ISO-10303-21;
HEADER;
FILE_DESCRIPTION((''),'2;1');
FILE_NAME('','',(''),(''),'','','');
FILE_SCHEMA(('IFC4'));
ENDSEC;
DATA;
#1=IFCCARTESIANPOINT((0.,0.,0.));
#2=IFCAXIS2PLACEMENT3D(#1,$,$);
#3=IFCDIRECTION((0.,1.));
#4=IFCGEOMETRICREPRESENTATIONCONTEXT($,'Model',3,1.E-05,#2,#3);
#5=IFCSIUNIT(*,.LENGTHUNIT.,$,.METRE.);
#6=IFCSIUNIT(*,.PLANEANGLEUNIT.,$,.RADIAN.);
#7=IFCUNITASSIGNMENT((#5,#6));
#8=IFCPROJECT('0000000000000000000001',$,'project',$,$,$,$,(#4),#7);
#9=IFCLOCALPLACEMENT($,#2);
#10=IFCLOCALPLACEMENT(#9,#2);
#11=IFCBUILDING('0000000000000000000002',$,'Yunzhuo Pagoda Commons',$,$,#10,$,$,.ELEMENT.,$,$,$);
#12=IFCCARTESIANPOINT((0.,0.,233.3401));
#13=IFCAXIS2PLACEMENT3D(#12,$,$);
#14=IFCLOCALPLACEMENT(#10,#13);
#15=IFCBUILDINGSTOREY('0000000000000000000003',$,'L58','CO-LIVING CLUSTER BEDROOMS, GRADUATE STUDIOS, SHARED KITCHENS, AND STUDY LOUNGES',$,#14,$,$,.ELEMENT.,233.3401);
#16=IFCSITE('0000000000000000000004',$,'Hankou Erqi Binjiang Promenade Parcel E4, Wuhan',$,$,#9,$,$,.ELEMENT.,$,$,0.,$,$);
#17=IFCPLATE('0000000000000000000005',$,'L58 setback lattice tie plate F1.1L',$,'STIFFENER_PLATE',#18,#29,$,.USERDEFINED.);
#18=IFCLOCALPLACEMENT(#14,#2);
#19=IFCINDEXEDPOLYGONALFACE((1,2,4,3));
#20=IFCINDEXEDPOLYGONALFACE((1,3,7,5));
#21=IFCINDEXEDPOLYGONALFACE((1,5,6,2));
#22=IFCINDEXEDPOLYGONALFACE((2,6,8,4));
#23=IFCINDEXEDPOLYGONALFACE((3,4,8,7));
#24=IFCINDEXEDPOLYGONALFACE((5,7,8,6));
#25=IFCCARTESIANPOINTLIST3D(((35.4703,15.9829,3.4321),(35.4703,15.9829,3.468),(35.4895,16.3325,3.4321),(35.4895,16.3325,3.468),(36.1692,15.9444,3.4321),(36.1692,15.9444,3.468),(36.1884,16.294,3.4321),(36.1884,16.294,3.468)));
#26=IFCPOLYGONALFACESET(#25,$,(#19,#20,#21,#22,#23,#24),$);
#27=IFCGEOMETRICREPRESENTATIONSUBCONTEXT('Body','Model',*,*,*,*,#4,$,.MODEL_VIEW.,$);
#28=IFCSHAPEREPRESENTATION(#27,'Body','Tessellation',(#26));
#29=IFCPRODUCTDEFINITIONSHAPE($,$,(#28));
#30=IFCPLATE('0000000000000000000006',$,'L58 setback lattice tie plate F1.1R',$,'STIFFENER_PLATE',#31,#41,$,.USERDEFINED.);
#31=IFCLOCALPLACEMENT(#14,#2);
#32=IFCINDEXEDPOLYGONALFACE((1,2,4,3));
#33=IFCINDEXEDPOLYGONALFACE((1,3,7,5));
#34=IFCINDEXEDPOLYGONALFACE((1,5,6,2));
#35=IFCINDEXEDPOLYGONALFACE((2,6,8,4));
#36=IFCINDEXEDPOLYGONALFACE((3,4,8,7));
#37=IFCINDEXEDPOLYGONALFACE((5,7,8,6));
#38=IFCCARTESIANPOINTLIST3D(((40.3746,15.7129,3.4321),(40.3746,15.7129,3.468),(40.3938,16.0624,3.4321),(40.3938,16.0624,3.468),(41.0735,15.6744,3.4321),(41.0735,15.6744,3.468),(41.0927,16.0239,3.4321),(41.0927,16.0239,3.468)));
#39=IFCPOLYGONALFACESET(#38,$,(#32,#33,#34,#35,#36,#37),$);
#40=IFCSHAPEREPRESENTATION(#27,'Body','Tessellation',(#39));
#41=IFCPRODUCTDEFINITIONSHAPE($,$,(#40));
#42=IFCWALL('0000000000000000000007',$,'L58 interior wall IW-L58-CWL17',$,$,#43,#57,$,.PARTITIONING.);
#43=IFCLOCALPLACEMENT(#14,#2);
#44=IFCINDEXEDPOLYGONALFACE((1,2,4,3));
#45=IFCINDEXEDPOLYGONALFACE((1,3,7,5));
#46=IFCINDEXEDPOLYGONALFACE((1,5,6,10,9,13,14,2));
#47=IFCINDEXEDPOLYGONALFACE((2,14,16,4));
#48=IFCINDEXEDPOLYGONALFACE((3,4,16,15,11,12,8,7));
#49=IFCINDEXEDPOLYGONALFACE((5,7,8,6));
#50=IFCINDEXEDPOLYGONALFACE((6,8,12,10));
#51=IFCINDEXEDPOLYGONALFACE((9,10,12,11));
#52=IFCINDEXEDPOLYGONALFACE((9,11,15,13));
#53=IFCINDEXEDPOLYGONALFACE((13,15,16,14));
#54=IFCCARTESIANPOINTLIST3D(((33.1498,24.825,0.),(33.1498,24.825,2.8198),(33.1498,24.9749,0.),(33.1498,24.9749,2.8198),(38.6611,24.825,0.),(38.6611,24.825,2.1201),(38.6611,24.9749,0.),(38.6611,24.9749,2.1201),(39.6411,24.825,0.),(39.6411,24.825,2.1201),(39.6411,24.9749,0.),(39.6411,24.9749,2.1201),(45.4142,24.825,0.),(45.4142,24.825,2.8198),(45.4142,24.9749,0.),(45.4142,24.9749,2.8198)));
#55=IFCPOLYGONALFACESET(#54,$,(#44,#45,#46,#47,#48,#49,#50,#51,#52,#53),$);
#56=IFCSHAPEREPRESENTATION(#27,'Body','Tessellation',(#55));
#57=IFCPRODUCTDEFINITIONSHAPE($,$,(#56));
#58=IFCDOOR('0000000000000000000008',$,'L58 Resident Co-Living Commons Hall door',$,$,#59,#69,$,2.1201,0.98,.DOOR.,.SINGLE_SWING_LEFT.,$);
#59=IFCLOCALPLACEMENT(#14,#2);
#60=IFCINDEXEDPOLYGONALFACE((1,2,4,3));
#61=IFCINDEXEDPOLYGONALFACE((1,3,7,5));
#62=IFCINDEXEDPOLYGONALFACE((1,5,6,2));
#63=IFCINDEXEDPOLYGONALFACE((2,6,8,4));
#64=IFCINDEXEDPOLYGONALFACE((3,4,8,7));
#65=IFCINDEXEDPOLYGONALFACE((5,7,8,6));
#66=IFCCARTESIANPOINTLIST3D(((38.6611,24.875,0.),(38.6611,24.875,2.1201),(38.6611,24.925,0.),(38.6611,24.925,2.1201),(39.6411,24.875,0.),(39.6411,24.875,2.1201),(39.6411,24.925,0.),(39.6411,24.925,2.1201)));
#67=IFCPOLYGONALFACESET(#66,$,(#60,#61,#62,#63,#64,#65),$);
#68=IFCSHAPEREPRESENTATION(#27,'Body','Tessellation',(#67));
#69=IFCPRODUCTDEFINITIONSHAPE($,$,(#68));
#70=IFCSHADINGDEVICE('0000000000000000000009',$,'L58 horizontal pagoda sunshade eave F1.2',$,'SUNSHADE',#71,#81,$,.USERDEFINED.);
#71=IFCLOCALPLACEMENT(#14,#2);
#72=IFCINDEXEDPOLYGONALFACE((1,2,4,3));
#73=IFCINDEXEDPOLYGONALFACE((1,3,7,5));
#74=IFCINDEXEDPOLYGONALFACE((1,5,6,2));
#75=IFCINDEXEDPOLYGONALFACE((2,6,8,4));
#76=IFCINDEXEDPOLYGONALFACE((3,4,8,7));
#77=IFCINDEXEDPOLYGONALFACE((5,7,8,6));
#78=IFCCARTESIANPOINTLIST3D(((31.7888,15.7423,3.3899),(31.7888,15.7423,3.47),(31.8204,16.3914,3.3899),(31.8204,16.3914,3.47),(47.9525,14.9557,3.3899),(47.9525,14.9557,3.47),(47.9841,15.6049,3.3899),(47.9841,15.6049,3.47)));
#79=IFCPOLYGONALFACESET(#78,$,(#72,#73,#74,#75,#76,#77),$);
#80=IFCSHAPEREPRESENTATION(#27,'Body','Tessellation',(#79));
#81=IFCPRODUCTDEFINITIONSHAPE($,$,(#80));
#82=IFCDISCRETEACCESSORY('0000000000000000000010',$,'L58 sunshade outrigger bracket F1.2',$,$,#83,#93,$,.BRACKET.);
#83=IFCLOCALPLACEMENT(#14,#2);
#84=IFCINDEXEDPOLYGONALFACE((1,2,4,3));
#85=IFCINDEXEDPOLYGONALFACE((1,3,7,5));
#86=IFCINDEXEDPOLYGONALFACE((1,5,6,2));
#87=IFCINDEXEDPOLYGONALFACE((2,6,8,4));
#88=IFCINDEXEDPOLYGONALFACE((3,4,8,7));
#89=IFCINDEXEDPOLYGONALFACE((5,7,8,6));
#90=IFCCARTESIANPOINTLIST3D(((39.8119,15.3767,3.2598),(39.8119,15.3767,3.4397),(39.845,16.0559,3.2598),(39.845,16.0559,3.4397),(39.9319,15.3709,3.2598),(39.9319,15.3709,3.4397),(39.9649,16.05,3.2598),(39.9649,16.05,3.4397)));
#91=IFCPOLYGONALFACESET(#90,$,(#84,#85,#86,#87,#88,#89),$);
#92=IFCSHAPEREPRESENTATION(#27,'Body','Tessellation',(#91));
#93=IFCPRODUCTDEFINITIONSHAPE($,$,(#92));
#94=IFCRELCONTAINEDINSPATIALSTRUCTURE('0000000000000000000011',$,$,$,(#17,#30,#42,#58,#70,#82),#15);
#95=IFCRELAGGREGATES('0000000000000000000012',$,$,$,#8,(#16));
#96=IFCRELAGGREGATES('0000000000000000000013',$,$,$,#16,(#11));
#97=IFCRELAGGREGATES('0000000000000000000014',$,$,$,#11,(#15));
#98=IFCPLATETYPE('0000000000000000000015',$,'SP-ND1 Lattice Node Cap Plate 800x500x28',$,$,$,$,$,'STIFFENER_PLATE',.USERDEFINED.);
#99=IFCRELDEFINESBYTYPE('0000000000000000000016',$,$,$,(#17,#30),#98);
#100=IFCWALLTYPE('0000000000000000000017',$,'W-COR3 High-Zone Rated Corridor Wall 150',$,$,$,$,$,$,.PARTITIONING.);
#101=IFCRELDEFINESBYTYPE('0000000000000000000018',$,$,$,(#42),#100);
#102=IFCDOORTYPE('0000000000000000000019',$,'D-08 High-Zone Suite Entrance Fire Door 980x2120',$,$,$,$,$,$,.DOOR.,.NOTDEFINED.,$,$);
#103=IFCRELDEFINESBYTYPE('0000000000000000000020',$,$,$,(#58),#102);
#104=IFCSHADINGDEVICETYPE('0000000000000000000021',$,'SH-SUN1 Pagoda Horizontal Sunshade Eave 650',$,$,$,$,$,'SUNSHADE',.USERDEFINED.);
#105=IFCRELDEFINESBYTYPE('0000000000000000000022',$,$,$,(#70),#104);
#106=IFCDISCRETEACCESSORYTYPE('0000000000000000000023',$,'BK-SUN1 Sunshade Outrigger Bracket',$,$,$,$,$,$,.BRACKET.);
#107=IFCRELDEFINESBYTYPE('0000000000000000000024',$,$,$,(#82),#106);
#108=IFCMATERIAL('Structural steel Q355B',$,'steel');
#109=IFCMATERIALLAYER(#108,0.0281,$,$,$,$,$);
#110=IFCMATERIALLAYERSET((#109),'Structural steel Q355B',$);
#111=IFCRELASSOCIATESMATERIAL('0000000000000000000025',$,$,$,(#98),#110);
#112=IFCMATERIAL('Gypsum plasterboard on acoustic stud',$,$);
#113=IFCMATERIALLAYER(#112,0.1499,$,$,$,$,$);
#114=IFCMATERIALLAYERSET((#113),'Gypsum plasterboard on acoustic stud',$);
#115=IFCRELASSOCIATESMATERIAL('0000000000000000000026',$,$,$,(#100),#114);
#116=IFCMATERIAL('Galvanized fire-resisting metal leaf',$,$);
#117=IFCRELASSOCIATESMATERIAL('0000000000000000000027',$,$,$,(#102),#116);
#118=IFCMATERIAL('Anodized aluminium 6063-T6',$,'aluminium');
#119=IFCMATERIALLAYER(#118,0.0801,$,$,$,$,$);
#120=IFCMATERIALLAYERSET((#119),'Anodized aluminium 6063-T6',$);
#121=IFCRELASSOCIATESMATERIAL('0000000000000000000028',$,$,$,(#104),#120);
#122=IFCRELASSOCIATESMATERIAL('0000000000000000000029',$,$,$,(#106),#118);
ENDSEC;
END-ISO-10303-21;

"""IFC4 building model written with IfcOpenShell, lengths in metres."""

from ifc_helpers import new_model, si_unit, direction, frame, frame_2d, origin, origin_with_axes, origin_2d, place, context, subcontext, project, spatial, rectangle, extrude, source, transform, mapped, material, layer, layer_set, type_object, element, fill, save


model = new_model("IFC4")

# Units and contexts
model_context = context("Model", 3, precision=1e-05, world=origin(), true_north=direction((0.0, 1.0)))
body_context = subcontext(model_context, "Body", "Model", "MODEL_VIEW")
ifc_project = project(units=[si_unit("LENGTHUNIT", "METRE"), si_unit("PLANEANGLEUNIT", "RADIAN")], contexts=[model_context])

# Site, building, storey
site_placement = place(None, origin())
site = spatial("IfcSite", under=ifc_project, at=site_placement, Name="Hankou Erqi Binjiang Promenade Parcel E4, Wuhan", CompositionType="ELEMENT", RefElevation=0.0)
building_placement = place(site_placement, origin())
building = spatial("IfcBuilding", under=site, at=building_placement, Name="Yunzhuo Pagoda Commons", CompositionType="ELEMENT")
storey_placement = place(building_placement, frame((0.0, 0.0, 233.3401)))
storey = spatial("IfcBuildingStorey", under=building, at=storey_placement, Name="L58", Description="CO-LIVING CLUSTER BEDROOMS, GRADUATE STUDIOS, SHARED KITCHENS, AND STUDY LOUNGES", CompositionType="ELEMENT", Elevation=233.3401)

# Shared definitions
ifc_material_1 = material(Name="Structural steel Q355B", Category="steel")

# Shared definitions
ifc_material_2 = material(Name="Anodized aluminium 6063-T6", Category="aluminium")

# Plates
ifc_layer_1 = layer(ifc_material_1, 0.0281)
ifc_layer_set_1 = layer_set([ifc_layer_1], Name="Structural steel Q355B")
plate_type_1 = type_object("IfcPlateType", Name="SP-ND1 Lattice Node Cap Plate 800x500x28", ElementType="STIFFENER_PLATE", PredefinedType="USERDEFINED", material=ifc_layer_set_1)
shared_shape_1 = source(origin(), body_context, "Body", "SweptSolid", [
    extrude(rectangle(XDim=0.7, YDim=0.3501, at=origin_2d()), origin(), (0.0, 0.0, 1.0), 0.0359),
])
for number, where, z_axis, x_axis, name in (
    (1, (35.8293, 16.1384, 3.4321), (0.0, 0.0, 1.0), (0.998487, -0.054985, 0.0), "L58 setback lattice tie plate F1.1L"),
    (2, (40.7336, 15.8684, 3.4321), (0.0, 0.0, 1.0), (0.998487, -0.054985, 0.0), "L58 setback lattice tie plate F1.1R"),
):
    element("IfcPlate", number, at=place(storey_placement, frame(where, z_axis=z_axis, x_axis=x_axis)), inside=storey, type_object=plate_type_1, Name=name, ObjectType="STIFFENER_PLATE", PredefinedType="USERDEFINED", context=body_context, shape_type="MappedRepresentation", body=[
        mapped(shared_shape_1, transform((0.0, 0.0, 0.0), scale=1.0)),
    ])

# Wall, opening, door
ifc_material_3 = material(Name="Gypsum plasterboard on acoustic stud")
ifc_layer_2 = layer(ifc_material_3, 0.1499)
ifc_layer_set_2 = layer_set([ifc_layer_2], Name="Gypsum plasterboard on acoustic stud")
wall_type = type_object("IfcWallType", Name="W-COR3 High-Zone Rated Corridor Wall 150", PredefinedType="PARTITIONING", material=ifc_layer_set_2)
wall_placement = place(storey_placement, frame((45.4143, 24.8999, 0.0), z_axis=(0.0, 0.0, 1.0), x_axis=(-1.0, 0.0, 0.0)))
wall = element("IfcWall", 3, at=wall_placement, inside=storey, type_object=wall_type, Name="L58 interior wall IW-L58-CWL17", PredefinedType="PARTITIONING", context=body_context, shape_type="SweptSolid", body=[
    extrude(rectangle(XDim=12.2644, YDim=0.1499, at=frame_2d((6.1323, 0.0))), origin(), (0.0, 0.0, 1.0), 2.8198),
])
opening_placement = place(wall_placement, frame((5.7732, 0.0, 0.0)))
opening = element("IfcOpeningElement", 4, at=opening_placement, cuts=wall, PredefinedType="OPENING", context=body_context, shape_type="SweptSolid", body=[
    extrude(rectangle(XDim=0.98, YDim=2.1201, at=frame_2d((0.49, 1.0601))), frame((0.0, 0.085, 0.0), z_axis=(0.0, -1.0, 0.0), x_axis=(1.0, 0.0, 0.0)), (0.0, 0.0, 1.0), 0.1699),
])
ifc_material_4 = material(Name="Galvanized fire-resisting metal leaf")
door_type = type_object("IfcDoorType", Name="D-08 High-Zone Suite Entrance Fire Door 980x2120", OperationType="NOTDEFINED", PredefinedType="DOOR", material=ifc_material_4)
shared_shape_2 = source(origin(), body_context, "Body", "SweptSolid", [
    extrude(rectangle(XDim=0.98, YDim=2.1201, at=frame_2d((0.49, 1.0601))), frame((0.0, 0.0249, 0.0), z_axis=(0.0, -1.0, 0.0), x_axis=(1.0, 0.0, 0.0)), (0.0, 0.0, 1.0), 0.05),
])
door_placement = place(opening_placement, origin_with_axes())
door = element("IfcDoor", 5, at=door_placement, inside=storey, type_object=door_type, Name="L58 Resident Co-Living Commons Hall door", OperationType="SINGLE_SWING_LEFT", OverallHeight=2.1201, OverallWidth=0.98, PredefinedType="DOOR", context=body_context, shape_type="MappedRepresentation", body=[
    mapped(shared_shape_2, transform((0.0, 0.0, 0.0), scale=1.0)),
])
fill(opening, door)

# Shading device
ifc_layer_3 = layer(ifc_material_2, 0.0801)
ifc_layer_set_3 = layer_set([ifc_layer_3], Name="Anodized aluminium 6063-T6")
shading_device_type = type_object("IfcShadingDeviceType", Name="SH-SUN1 Pagoda Horizontal Sunshade Eave 650", ElementType="SUNSHADE", PredefinedType="USERDEFINED", material=ifc_layer_set_3)
shared_shape_3 = source(origin(), body_context, "Body", "SweptSolid", [
    extrude(rectangle(XDim=16.1829, YDim=0.6499, at=origin_2d()), origin(), (0.0, 0.0, 1.0), 0.0801),
])
shading_device_placement = place(storey_placement, frame((39.8865, 15.6736, 3.3899), z_axis=(0.0, 0.0, 1.0), x_axis=(0.998818, -0.048606, 0.0)))
element("IfcShadingDevice", 6, at=shading_device_placement, inside=storey, type_object=shading_device_type, Name="L58 horizontal pagoda sunshade eave F1.2", ObjectType="SUNSHADE", PredefinedType="USERDEFINED", context=body_context, shape_type="MappedRepresentation", body=[
    mapped(shared_shape_3, transform((0.0, 0.0, 0.0), scale=1.0)),
])

# Discrete accessory
discrete_accessory_type = type_object("IfcDiscreteAccessoryType", Name="BK-SUN1 Sunshade Outrigger Bracket", PredefinedType="BRACKET", material=ifc_material_2)
shared_shape_4 = source(origin(), body_context, "Body", "SweptSolid", [
    extrude(rectangle(XDim=0.1201, YDim=0.6799, at=origin_2d()), origin(), (0.0, 0.0, 1.0), 0.1799),
])
discrete_accessory_placement = place(storey_placement, frame((39.8884, 15.7134, 3.2598), z_axis=(0.0, 0.0, 1.0), x_axis=(0.998818, -0.048606, 0.0)))
element("IfcDiscreteAccessory", 7, at=discrete_accessory_placement, inside=storey, type_object=discrete_accessory_type, Name="L58 sunshade outrigger bracket F1.2", PredefinedType="BRACKET", context=body_context, shape_type="MappedRepresentation", body=[
    mapped(shared_shape_4, transform((0.0, 0.0, 0.0), scale=1.0)),
])

save(model, "model.ifc")
